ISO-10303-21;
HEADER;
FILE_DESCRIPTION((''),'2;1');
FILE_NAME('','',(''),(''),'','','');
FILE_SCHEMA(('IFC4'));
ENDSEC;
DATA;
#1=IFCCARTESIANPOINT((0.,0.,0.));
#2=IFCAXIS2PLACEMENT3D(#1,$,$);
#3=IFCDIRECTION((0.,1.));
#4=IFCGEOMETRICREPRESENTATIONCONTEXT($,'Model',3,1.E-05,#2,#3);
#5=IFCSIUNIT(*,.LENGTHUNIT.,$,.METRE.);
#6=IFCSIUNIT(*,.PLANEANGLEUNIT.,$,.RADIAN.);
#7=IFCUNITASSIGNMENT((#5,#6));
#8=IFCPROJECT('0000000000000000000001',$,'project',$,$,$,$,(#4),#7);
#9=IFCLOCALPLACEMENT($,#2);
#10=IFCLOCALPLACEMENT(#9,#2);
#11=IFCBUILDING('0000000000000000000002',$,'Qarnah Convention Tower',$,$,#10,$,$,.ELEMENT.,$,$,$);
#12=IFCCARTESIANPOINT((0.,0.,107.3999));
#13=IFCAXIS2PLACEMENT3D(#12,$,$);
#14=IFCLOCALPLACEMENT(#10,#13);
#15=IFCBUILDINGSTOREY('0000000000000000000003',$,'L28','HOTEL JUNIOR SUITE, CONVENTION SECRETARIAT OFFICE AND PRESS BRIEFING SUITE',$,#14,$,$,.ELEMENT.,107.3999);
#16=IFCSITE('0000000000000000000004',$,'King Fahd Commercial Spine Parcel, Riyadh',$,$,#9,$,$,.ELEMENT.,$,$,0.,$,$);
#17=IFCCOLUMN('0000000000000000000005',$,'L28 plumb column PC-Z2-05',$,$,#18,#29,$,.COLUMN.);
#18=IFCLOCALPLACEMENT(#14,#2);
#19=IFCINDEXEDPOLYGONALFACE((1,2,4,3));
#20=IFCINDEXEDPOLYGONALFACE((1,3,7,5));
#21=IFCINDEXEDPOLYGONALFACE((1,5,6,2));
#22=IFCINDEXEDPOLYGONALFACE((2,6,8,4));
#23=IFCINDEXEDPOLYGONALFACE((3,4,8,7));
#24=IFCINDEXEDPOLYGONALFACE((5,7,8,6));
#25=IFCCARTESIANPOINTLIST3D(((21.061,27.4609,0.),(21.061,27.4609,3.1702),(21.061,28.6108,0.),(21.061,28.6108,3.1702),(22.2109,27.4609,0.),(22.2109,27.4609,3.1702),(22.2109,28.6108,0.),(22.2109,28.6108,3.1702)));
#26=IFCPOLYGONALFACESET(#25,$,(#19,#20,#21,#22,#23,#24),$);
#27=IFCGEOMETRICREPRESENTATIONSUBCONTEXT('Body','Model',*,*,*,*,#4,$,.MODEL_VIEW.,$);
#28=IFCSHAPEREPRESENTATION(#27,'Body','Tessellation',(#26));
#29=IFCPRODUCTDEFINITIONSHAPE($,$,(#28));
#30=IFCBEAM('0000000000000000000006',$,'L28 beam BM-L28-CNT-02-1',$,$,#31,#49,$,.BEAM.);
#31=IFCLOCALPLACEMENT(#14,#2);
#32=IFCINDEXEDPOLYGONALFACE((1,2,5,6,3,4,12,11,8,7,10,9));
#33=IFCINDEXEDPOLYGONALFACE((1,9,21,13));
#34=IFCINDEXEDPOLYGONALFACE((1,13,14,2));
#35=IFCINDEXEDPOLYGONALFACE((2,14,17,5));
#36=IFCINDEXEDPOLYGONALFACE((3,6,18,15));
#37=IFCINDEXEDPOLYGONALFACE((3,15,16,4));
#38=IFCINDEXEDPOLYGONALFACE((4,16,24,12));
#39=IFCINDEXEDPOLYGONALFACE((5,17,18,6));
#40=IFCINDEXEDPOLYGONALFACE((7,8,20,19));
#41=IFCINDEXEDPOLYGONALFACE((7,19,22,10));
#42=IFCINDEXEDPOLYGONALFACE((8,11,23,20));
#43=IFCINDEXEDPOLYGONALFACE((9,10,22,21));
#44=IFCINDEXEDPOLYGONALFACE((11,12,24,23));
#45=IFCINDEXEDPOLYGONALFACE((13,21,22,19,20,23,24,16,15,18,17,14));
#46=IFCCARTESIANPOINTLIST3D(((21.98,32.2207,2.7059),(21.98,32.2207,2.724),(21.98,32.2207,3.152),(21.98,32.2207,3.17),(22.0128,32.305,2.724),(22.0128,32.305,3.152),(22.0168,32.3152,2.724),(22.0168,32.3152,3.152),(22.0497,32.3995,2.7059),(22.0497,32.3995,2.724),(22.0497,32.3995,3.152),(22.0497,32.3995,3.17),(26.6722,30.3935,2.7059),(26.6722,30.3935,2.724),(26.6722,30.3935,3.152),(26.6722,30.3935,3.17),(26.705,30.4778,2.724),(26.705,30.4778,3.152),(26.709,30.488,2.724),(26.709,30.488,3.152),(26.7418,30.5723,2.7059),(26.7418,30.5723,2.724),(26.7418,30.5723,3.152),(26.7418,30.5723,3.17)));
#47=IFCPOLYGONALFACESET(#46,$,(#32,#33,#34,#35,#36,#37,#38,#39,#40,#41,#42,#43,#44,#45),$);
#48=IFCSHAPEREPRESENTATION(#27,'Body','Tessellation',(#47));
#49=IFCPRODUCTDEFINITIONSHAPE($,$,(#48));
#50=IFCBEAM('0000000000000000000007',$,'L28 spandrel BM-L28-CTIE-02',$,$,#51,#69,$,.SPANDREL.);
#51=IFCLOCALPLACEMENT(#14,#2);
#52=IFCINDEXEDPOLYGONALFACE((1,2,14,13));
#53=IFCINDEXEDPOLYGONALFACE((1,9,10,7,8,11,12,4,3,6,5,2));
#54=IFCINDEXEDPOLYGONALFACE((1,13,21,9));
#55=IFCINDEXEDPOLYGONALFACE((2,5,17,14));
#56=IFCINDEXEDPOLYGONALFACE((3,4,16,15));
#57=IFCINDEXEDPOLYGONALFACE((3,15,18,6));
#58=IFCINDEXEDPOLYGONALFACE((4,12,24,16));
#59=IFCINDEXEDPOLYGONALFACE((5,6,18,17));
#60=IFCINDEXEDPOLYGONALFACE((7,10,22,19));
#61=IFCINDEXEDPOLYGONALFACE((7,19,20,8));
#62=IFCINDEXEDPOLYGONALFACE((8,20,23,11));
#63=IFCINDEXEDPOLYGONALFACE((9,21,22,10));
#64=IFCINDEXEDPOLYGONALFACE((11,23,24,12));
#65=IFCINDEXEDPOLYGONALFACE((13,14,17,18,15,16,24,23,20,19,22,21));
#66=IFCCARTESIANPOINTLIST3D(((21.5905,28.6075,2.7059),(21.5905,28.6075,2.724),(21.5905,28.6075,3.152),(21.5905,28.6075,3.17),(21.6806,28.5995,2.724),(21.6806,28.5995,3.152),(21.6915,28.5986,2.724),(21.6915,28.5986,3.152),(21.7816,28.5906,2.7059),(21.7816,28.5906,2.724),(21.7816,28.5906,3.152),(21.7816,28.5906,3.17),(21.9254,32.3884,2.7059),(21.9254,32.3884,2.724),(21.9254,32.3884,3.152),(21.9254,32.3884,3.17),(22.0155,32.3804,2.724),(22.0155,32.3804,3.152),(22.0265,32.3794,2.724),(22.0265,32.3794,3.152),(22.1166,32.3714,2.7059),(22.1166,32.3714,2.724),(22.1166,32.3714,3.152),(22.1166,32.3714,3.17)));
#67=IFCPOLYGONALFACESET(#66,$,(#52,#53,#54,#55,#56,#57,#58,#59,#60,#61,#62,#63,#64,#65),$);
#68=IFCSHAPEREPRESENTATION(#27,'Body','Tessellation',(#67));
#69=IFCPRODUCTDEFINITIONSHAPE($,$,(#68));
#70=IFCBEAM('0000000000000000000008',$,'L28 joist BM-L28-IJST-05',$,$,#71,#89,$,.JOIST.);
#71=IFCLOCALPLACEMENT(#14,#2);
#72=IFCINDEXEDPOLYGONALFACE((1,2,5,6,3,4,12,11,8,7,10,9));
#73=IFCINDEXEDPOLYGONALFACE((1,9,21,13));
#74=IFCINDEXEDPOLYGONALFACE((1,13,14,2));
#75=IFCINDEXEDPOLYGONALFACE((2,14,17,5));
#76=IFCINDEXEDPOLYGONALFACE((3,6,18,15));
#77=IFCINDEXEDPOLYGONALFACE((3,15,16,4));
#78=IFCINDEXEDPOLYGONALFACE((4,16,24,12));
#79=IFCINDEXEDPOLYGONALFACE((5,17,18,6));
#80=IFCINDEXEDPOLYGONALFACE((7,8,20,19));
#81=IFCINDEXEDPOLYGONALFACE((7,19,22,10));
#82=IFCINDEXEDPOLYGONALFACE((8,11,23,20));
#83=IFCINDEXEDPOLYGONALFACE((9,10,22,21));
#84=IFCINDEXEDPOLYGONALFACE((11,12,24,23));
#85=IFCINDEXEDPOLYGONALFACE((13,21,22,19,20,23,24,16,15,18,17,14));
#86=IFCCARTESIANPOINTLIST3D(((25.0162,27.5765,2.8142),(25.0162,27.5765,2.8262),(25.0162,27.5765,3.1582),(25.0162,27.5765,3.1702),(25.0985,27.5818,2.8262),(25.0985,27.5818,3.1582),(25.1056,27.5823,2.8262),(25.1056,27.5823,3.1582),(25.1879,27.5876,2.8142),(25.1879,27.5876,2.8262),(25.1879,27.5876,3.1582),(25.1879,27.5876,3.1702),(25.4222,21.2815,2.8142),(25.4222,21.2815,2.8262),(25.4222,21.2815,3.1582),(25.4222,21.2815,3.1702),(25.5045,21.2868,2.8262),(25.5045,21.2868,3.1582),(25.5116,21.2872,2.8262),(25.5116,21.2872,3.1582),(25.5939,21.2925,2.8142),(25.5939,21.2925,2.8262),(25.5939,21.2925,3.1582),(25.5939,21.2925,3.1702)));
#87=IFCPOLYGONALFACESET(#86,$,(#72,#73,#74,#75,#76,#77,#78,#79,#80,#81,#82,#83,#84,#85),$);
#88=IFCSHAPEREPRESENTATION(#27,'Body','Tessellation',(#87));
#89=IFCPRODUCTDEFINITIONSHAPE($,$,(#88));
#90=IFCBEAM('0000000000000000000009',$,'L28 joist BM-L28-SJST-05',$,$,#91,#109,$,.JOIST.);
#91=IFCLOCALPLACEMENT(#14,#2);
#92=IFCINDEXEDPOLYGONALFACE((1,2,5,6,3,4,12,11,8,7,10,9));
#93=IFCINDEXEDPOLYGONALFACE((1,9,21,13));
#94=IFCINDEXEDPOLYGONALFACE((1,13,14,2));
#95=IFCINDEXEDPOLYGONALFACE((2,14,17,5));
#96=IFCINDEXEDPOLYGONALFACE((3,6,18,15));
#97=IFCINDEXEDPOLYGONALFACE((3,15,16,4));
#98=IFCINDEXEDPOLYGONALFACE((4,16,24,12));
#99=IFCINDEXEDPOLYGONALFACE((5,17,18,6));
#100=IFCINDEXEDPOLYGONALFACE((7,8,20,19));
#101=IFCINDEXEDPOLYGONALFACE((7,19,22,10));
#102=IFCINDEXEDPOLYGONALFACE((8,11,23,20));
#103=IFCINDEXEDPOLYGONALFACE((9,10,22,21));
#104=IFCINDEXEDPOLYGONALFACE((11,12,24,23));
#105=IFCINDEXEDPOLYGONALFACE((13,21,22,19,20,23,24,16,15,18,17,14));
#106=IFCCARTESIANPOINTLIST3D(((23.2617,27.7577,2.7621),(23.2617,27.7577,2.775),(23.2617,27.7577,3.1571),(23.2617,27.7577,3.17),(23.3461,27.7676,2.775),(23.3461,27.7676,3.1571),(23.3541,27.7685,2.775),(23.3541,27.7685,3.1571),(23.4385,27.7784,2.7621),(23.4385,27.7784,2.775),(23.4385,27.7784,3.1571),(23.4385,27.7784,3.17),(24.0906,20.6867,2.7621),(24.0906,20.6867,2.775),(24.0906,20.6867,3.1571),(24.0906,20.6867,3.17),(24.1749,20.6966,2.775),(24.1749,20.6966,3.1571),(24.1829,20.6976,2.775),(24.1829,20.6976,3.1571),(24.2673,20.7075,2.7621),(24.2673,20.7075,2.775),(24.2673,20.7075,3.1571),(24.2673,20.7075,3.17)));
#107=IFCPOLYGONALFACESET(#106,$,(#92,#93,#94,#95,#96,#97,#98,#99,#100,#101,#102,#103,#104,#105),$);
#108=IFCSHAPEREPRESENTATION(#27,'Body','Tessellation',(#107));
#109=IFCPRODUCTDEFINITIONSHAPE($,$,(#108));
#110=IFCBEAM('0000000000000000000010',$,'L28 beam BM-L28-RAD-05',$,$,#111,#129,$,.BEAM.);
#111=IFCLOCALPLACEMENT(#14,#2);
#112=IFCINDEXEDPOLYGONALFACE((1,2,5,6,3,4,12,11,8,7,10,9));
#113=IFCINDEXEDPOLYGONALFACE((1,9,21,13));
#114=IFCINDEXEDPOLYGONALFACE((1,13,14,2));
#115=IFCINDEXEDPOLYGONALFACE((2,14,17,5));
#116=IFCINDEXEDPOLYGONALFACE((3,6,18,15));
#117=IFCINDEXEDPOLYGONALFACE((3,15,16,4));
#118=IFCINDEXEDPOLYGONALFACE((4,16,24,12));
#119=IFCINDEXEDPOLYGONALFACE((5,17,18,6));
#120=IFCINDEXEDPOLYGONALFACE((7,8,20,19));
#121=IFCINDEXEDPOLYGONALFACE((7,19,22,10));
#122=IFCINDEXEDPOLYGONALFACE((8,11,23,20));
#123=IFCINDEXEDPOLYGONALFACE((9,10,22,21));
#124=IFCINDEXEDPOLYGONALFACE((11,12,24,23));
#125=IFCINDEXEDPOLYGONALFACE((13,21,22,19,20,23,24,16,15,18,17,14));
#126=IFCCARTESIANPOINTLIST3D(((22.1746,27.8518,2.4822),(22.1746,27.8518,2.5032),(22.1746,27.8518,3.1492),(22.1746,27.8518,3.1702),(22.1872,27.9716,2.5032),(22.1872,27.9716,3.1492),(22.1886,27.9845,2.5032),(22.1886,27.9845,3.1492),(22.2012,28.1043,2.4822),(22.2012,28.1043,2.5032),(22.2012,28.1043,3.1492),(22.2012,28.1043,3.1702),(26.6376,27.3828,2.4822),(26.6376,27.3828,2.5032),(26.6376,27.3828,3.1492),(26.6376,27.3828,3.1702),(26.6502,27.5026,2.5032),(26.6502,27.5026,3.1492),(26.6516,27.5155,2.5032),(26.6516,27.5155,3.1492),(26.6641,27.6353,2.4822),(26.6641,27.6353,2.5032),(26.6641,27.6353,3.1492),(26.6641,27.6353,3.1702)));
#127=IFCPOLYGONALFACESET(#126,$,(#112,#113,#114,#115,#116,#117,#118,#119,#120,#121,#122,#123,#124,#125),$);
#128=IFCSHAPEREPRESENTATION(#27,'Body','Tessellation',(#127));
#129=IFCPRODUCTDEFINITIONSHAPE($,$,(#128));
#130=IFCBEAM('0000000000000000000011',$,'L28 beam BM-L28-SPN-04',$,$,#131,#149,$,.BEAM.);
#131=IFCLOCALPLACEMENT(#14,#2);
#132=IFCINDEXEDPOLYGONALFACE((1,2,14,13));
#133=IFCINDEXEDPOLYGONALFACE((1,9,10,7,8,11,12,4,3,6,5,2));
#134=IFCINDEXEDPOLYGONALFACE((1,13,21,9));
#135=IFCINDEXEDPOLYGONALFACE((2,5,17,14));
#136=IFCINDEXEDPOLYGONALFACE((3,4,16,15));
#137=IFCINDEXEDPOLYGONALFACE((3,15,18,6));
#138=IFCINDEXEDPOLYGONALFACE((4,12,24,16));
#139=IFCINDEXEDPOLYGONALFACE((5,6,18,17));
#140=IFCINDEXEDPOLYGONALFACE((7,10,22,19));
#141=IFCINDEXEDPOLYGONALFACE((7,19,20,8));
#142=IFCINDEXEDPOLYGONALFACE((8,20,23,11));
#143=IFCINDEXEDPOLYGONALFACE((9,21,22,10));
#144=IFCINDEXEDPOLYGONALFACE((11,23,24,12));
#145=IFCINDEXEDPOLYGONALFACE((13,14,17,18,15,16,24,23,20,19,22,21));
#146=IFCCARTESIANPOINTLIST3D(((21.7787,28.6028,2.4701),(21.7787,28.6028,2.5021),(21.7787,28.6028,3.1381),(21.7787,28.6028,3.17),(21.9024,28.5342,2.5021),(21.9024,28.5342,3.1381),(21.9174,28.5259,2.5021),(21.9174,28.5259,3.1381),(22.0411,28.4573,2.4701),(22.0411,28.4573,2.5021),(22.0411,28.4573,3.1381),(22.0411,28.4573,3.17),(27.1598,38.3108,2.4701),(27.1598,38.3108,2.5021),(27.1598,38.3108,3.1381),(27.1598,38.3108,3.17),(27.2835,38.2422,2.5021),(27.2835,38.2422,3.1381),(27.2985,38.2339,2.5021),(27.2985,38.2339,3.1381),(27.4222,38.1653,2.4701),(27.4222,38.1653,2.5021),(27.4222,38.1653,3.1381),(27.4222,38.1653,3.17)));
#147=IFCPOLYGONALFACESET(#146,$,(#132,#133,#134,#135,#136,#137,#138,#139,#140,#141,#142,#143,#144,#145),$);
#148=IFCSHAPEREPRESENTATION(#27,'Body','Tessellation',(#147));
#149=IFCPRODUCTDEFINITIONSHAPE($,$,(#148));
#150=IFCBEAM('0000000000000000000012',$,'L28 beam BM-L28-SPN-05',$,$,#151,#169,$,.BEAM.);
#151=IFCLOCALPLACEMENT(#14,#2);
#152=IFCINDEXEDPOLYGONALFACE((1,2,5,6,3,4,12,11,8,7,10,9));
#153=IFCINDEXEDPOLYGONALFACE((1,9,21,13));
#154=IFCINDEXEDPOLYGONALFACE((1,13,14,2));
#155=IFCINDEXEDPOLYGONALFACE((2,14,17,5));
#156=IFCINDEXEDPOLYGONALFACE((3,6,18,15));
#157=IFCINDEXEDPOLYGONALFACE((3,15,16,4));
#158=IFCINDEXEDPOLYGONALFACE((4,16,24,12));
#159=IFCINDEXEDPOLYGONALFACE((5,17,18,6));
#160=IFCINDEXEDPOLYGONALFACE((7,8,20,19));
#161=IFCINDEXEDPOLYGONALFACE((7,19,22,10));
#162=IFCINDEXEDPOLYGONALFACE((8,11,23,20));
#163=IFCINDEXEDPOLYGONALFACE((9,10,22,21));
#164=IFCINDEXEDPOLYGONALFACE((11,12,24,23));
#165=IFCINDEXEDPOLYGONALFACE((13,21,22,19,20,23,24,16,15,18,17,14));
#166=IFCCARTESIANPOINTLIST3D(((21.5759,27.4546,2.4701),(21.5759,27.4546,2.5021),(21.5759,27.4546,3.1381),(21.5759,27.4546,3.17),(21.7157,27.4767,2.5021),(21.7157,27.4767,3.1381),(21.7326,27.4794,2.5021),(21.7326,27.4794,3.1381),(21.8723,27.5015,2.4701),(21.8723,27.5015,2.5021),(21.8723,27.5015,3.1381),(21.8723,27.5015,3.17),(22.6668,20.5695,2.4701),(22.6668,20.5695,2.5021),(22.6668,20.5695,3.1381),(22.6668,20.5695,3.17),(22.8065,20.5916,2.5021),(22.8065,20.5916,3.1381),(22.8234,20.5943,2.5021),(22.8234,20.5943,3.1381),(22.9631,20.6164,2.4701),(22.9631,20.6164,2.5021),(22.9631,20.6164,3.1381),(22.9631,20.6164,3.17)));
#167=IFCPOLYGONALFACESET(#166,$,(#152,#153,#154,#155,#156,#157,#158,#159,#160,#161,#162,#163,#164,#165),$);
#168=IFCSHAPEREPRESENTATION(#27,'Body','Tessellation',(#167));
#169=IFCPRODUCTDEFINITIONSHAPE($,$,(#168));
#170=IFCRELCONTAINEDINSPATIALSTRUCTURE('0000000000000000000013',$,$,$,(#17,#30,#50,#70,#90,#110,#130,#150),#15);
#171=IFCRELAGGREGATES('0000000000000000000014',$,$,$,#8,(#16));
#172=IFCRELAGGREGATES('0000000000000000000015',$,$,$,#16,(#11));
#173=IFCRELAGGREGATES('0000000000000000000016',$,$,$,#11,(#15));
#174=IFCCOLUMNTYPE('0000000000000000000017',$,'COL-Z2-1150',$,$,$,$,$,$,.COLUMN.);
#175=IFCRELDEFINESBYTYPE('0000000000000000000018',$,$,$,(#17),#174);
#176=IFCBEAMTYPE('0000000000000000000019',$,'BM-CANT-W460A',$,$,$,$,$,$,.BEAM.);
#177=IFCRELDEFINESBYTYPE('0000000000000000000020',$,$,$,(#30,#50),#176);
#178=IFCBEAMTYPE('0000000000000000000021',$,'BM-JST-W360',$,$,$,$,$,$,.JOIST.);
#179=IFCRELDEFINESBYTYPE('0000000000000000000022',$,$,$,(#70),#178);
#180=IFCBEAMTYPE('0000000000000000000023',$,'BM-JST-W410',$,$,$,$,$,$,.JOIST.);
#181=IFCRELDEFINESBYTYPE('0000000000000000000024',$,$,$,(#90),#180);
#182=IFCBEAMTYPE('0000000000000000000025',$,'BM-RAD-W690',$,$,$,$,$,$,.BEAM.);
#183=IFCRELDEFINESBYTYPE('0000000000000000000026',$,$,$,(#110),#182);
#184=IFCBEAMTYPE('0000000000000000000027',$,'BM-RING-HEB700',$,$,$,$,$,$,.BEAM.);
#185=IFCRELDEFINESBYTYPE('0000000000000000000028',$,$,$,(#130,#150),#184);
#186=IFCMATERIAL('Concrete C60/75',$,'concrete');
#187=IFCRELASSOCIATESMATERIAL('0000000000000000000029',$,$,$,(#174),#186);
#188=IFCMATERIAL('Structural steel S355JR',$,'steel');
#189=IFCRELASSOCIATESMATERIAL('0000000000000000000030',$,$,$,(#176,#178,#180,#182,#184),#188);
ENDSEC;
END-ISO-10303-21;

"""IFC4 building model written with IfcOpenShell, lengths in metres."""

from ifc_helpers import new_model, si_unit, direction, frame, origin, origin_2d, place, context, subcontext, project, spatial, rectangle, i_section, extrude, material, material_profile, profile_set, type_object, element, save


model = new_model("IFC4")

# Units and contexts
model_context = context("Model", 3, precision=1e-05, world=origin(), true_north=direction((0.0, 1.0)))
body_context = subcontext(model_context, "Body", "Model", "MODEL_VIEW")
ifc_project = project(units=[si_unit("LENGTHUNIT", "METRE"), si_unit("PLANEANGLEUNIT", "RADIAN")], contexts=[model_context])

# Site, building, storey
site_placement = place(None, origin())
site = spatial("IfcSite", under=ifc_project, at=site_placement, Name="King Fahd Commercial Spine Parcel, Riyadh", CompositionType="ELEMENT", RefElevation=0.0)
building_placement = place(site_placement, origin())
building = spatial("IfcBuilding", under=site, at=building_placement, Name="Qarnah Convention Tower", CompositionType="ELEMENT")
storey_placement = place(building_placement, frame((0.0, 0.0, 107.3999)))
storey = spatial("IfcBuildingStorey", under=building, at=storey_placement, Name="L28", Description="HOTEL JUNIOR SUITE, CONVENTION SECRETARIAT OFFICE AND PRESS BRIEFING SUITE", CompositionType="ELEMENT", Elevation=107.3999)

# Column
ifc_material_1 = material(Name="Concrete C60/75", Category="concrete")
ifc_material_profile_1 = material_profile(ifc_material_1, rectangle(XDim=1.1499, YDim=1.1499, at=origin_2d()), Name="RC-COL-1150X1150")
ifc_profile_set_1 = profile_set([ifc_material_profile_1], Name="Concrete C60/75")
column_type = type_object("IfcColumnType", Name="COL-Z2-1150", PredefinedType="COLUMN", material=ifc_profile_set_1)
column_placement = place(storey_placement, frame((21.636, 28.0359, 0.0), z_axis=(0.0, 0.0, 1.0), x_axis=(1.0, 0.0, 0.0)))
element("IfcColumn", 1, at=column_placement, inside=storey, type_object=column_type, Name="L28 plumb column PC-Z2-05", PredefinedType="COLUMN", context=body_context, shape_type="SweptSolid", body=[
    extrude(rectangle(XDim=1.1499, YDim=1.1499, at=origin_2d()), origin(), (0.0, 0.0, 1.0), 3.1702),
])

# Beams
ifc_material_2 = material(Name="Structural steel S355JR", Category="steel")
ifc_material_profile_2 = material_profile(ifc_material_2, i_section(OverallWidth=0.1919, OverallDepth=0.4641, WebThickness=0.011, FlangeThickness=0.0181, at=origin_2d()), Name="W460X89")
ifc_profile_set_2 = profile_set([ifc_material_profile_2], Name="Structural steel S355JR")
beam_type_1 = type_object("IfcBeamType", Name="BM-CANT-W460A", PredefinedType="BEAM", material=ifc_profile_set_2)
beam_1_placement = place(storey_placement, frame((26.707, 30.4829, 2.938), z_axis=(-0.931842, 0.362865, 0.0), x_axis=(-0.362865, -0.931842, 0.0)))
element("IfcBeam", 2, at=beam_1_placement, inside=storey, type_object=beam_type_1, Name="L28 beam BM-L28-CNT-02-1", PredefinedType="BEAM", context=body_context, shape_type="SweptSolid", body=[
    extrude(i_section(OverallWidth=0.1919, OverallDepth=0.4641, WebThickness=0.011, FlangeThickness=0.0181, at=origin_2d()), origin(), (0.0, 0.0, 1.0), 5.0354),
])
beam_2_placement = place(storey_placement, frame((22.021, 32.3799, 2.938), z_axis=(-0.08825, -0.996098, 0.0), x_axis=(0.996098, -0.08825, 0.0)))
element("IfcBeam", 3, at=beam_2_placement, inside=storey, type_object=beam_type_1, Name="L28 spandrel BM-L28-CTIE-02", PredefinedType="SPANDREL", context=body_context, shape_type="SweptSolid", body=[
    extrude(i_section(OverallWidth=0.1919, OverallDepth=0.4641, WebThickness=0.011, FlangeThickness=0.0181, at=origin_2d()), origin(), (0.0, 0.0, 1.0), 3.7957),
])
ifc_material_profile_3 = material_profile(ifc_material_2, i_section(OverallWidth=0.1721, OverallDepth=0.356, WebThickness=0.0071, FlangeThickness=0.012, at=origin_2d()), Name="W360X51")
ifc_profile_set_3 = profile_set([ifc_material_profile_3], Name="Structural steel S355JR")
beam_type_2 = type_object("IfcBeamType", Name="BM-JST-W360", PredefinedType="JOIST", material=ifc_profile_set_3)
beam_3_placement = place(storey_placement, frame((25.1021, 27.582, 2.9922), z_axis=(0.064364, -0.997927, 0.0), x_axis=(0.997927, 0.064364, 0.0)))
element("IfcBeam", 4, at=beam_3_placement, inside=storey, type_object=beam_type_2, Name="L28 joist BM-L28-IJST-05", PredefinedType="JOIST", context=body_context, shape_type="SweptSolid", body=[
    extrude(i_section(OverallWidth=0.1721, OverallDepth=0.356, WebThickness=0.0071, FlangeThickness=0.012, at=origin_2d()), origin(), (0.0, 0.0, 1.0), 6.3081),
])
ifc_material_profile_4 = material_profile(ifc_material_2, i_section(OverallWidth=0.178, OverallDepth=0.408, WebThickness=0.0081, FlangeThickness=0.0129, at=origin_2d()), Name="W410X60")
ifc_profile_set_4 = profile_set([ifc_material_profile_4], Name="Structural steel S355JR")
beam_type_3 = type_object("IfcBeamType", Name="BM-JST-W410", PredefinedType="JOIST", material=ifc_profile_set_4)
beam_4_placement = place(storey_placement, frame((23.3501, 27.7681, 2.9661), z_axis=(0.116421, -0.9932, 0.0), x_axis=(0.9932, 0.116421, 0.0)))
element("IfcBeam", 5, at=beam_4_placement, inside=storey, type_object=beam_type_3, Name="L28 joist BM-L28-SJST-05", PredefinedType="JOIST", context=body_context, shape_type="SweptSolid", body=[
    extrude(i_section(OverallWidth=0.178, OverallDepth=0.408, WebThickness=0.0081, FlangeThickness=0.0129, at=origin_2d()), origin(), (0.0, 0.0, 1.0), 7.1194),
])
ifc_material_profile_5 = material_profile(ifc_material_2, i_section(OverallWidth=0.2539, OverallDepth=0.688, WebThickness=0.0129, FlangeThickness=0.021, at=origin_2d()), Name="W690X152")
ifc_profile_set_5 = profile_set([ifc_material_profile_5], Name="Structural steel S355JR")
beam_type_4 = type_object("IfcBeamType", Name="BM-RAD-W690", PredefinedType="BEAM", material=ifc_profile_set_5)
beam_5_placement = place(storey_placement, frame((26.6509, 27.509, 2.8262), z_axis=(-0.994524, 0.104512, 0.0), x_axis=(-0.104512, -0.994524, 0.0)))
element("IfcBeam", 6, at=beam_5_placement, inside=storey, type_object=beam_type_4, Name="L28 beam BM-L28-RAD-05", PredefinedType="BEAM", context=body_context, shape_type="SweptSolid", body=[
    extrude(i_section(OverallWidth=0.2539, OverallDepth=0.688, WebThickness=0.0129, FlangeThickness=0.021, at=origin_2d()), origin(), (0.0, 0.0, 1.0), 4.4875),
])
ifc_material_profile_6 = material_profile(ifc_material_2, i_section(OverallWidth=0.3, OverallDepth=0.7, WebThickness=0.0171, FlangeThickness=0.032, at=origin_2d()), Name="HEB700")
ifc_profile_set_6 = profile_set([ifc_material_profile_6], Name="Structural steel S355JR")
beam_type_5 = type_object("IfcBeamType", Name="BM-RING-HEB700", PredefinedType="BEAM", material=ifc_profile_set_6)
beam_6_placement = place(storey_placement, frame((27.291, 38.238, 2.8201), z_axis=(-0.4848, -0.874625, 0.0), x_axis=(0.874625, -0.4848, 0.0)))
element("IfcBeam", 7, at=beam_6_placement, inside=storey, type_object=beam_type_5, Name="L28 beam BM-L28-SPN-04", PredefinedType="BEAM", context=body_context, shape_type="SweptSolid", body=[
    extrude(i_section(OverallWidth=0.3, OverallDepth=0.7, WebThickness=0.0171, FlangeThickness=0.032, at=origin_2d()), origin(), (0.0, 0.0, 1.0), 11.0996),
])
beam_7_placement = place(storey_placement, frame((21.7241, 27.478, 2.8201), z_axis=(0.156482, -0.987681, 0.0), x_axis=(0.987681, 0.156482, 0.0)))
element("IfcBeam", 8, at=beam_7_placement, inside=storey, type_object=beam_type_5, Name="L28 beam BM-L28-SPN-05", PredefinedType="BEAM", context=body_context, shape_type="SweptSolid", body=[
    extrude(i_section(OverallWidth=0.3, OverallDepth=0.7, WebThickness=0.0171, FlangeThickness=0.032, at=origin_2d()), origin(), (0.0, 0.0, 1.0), 6.9709),
])

save(model, "model.ifc")
